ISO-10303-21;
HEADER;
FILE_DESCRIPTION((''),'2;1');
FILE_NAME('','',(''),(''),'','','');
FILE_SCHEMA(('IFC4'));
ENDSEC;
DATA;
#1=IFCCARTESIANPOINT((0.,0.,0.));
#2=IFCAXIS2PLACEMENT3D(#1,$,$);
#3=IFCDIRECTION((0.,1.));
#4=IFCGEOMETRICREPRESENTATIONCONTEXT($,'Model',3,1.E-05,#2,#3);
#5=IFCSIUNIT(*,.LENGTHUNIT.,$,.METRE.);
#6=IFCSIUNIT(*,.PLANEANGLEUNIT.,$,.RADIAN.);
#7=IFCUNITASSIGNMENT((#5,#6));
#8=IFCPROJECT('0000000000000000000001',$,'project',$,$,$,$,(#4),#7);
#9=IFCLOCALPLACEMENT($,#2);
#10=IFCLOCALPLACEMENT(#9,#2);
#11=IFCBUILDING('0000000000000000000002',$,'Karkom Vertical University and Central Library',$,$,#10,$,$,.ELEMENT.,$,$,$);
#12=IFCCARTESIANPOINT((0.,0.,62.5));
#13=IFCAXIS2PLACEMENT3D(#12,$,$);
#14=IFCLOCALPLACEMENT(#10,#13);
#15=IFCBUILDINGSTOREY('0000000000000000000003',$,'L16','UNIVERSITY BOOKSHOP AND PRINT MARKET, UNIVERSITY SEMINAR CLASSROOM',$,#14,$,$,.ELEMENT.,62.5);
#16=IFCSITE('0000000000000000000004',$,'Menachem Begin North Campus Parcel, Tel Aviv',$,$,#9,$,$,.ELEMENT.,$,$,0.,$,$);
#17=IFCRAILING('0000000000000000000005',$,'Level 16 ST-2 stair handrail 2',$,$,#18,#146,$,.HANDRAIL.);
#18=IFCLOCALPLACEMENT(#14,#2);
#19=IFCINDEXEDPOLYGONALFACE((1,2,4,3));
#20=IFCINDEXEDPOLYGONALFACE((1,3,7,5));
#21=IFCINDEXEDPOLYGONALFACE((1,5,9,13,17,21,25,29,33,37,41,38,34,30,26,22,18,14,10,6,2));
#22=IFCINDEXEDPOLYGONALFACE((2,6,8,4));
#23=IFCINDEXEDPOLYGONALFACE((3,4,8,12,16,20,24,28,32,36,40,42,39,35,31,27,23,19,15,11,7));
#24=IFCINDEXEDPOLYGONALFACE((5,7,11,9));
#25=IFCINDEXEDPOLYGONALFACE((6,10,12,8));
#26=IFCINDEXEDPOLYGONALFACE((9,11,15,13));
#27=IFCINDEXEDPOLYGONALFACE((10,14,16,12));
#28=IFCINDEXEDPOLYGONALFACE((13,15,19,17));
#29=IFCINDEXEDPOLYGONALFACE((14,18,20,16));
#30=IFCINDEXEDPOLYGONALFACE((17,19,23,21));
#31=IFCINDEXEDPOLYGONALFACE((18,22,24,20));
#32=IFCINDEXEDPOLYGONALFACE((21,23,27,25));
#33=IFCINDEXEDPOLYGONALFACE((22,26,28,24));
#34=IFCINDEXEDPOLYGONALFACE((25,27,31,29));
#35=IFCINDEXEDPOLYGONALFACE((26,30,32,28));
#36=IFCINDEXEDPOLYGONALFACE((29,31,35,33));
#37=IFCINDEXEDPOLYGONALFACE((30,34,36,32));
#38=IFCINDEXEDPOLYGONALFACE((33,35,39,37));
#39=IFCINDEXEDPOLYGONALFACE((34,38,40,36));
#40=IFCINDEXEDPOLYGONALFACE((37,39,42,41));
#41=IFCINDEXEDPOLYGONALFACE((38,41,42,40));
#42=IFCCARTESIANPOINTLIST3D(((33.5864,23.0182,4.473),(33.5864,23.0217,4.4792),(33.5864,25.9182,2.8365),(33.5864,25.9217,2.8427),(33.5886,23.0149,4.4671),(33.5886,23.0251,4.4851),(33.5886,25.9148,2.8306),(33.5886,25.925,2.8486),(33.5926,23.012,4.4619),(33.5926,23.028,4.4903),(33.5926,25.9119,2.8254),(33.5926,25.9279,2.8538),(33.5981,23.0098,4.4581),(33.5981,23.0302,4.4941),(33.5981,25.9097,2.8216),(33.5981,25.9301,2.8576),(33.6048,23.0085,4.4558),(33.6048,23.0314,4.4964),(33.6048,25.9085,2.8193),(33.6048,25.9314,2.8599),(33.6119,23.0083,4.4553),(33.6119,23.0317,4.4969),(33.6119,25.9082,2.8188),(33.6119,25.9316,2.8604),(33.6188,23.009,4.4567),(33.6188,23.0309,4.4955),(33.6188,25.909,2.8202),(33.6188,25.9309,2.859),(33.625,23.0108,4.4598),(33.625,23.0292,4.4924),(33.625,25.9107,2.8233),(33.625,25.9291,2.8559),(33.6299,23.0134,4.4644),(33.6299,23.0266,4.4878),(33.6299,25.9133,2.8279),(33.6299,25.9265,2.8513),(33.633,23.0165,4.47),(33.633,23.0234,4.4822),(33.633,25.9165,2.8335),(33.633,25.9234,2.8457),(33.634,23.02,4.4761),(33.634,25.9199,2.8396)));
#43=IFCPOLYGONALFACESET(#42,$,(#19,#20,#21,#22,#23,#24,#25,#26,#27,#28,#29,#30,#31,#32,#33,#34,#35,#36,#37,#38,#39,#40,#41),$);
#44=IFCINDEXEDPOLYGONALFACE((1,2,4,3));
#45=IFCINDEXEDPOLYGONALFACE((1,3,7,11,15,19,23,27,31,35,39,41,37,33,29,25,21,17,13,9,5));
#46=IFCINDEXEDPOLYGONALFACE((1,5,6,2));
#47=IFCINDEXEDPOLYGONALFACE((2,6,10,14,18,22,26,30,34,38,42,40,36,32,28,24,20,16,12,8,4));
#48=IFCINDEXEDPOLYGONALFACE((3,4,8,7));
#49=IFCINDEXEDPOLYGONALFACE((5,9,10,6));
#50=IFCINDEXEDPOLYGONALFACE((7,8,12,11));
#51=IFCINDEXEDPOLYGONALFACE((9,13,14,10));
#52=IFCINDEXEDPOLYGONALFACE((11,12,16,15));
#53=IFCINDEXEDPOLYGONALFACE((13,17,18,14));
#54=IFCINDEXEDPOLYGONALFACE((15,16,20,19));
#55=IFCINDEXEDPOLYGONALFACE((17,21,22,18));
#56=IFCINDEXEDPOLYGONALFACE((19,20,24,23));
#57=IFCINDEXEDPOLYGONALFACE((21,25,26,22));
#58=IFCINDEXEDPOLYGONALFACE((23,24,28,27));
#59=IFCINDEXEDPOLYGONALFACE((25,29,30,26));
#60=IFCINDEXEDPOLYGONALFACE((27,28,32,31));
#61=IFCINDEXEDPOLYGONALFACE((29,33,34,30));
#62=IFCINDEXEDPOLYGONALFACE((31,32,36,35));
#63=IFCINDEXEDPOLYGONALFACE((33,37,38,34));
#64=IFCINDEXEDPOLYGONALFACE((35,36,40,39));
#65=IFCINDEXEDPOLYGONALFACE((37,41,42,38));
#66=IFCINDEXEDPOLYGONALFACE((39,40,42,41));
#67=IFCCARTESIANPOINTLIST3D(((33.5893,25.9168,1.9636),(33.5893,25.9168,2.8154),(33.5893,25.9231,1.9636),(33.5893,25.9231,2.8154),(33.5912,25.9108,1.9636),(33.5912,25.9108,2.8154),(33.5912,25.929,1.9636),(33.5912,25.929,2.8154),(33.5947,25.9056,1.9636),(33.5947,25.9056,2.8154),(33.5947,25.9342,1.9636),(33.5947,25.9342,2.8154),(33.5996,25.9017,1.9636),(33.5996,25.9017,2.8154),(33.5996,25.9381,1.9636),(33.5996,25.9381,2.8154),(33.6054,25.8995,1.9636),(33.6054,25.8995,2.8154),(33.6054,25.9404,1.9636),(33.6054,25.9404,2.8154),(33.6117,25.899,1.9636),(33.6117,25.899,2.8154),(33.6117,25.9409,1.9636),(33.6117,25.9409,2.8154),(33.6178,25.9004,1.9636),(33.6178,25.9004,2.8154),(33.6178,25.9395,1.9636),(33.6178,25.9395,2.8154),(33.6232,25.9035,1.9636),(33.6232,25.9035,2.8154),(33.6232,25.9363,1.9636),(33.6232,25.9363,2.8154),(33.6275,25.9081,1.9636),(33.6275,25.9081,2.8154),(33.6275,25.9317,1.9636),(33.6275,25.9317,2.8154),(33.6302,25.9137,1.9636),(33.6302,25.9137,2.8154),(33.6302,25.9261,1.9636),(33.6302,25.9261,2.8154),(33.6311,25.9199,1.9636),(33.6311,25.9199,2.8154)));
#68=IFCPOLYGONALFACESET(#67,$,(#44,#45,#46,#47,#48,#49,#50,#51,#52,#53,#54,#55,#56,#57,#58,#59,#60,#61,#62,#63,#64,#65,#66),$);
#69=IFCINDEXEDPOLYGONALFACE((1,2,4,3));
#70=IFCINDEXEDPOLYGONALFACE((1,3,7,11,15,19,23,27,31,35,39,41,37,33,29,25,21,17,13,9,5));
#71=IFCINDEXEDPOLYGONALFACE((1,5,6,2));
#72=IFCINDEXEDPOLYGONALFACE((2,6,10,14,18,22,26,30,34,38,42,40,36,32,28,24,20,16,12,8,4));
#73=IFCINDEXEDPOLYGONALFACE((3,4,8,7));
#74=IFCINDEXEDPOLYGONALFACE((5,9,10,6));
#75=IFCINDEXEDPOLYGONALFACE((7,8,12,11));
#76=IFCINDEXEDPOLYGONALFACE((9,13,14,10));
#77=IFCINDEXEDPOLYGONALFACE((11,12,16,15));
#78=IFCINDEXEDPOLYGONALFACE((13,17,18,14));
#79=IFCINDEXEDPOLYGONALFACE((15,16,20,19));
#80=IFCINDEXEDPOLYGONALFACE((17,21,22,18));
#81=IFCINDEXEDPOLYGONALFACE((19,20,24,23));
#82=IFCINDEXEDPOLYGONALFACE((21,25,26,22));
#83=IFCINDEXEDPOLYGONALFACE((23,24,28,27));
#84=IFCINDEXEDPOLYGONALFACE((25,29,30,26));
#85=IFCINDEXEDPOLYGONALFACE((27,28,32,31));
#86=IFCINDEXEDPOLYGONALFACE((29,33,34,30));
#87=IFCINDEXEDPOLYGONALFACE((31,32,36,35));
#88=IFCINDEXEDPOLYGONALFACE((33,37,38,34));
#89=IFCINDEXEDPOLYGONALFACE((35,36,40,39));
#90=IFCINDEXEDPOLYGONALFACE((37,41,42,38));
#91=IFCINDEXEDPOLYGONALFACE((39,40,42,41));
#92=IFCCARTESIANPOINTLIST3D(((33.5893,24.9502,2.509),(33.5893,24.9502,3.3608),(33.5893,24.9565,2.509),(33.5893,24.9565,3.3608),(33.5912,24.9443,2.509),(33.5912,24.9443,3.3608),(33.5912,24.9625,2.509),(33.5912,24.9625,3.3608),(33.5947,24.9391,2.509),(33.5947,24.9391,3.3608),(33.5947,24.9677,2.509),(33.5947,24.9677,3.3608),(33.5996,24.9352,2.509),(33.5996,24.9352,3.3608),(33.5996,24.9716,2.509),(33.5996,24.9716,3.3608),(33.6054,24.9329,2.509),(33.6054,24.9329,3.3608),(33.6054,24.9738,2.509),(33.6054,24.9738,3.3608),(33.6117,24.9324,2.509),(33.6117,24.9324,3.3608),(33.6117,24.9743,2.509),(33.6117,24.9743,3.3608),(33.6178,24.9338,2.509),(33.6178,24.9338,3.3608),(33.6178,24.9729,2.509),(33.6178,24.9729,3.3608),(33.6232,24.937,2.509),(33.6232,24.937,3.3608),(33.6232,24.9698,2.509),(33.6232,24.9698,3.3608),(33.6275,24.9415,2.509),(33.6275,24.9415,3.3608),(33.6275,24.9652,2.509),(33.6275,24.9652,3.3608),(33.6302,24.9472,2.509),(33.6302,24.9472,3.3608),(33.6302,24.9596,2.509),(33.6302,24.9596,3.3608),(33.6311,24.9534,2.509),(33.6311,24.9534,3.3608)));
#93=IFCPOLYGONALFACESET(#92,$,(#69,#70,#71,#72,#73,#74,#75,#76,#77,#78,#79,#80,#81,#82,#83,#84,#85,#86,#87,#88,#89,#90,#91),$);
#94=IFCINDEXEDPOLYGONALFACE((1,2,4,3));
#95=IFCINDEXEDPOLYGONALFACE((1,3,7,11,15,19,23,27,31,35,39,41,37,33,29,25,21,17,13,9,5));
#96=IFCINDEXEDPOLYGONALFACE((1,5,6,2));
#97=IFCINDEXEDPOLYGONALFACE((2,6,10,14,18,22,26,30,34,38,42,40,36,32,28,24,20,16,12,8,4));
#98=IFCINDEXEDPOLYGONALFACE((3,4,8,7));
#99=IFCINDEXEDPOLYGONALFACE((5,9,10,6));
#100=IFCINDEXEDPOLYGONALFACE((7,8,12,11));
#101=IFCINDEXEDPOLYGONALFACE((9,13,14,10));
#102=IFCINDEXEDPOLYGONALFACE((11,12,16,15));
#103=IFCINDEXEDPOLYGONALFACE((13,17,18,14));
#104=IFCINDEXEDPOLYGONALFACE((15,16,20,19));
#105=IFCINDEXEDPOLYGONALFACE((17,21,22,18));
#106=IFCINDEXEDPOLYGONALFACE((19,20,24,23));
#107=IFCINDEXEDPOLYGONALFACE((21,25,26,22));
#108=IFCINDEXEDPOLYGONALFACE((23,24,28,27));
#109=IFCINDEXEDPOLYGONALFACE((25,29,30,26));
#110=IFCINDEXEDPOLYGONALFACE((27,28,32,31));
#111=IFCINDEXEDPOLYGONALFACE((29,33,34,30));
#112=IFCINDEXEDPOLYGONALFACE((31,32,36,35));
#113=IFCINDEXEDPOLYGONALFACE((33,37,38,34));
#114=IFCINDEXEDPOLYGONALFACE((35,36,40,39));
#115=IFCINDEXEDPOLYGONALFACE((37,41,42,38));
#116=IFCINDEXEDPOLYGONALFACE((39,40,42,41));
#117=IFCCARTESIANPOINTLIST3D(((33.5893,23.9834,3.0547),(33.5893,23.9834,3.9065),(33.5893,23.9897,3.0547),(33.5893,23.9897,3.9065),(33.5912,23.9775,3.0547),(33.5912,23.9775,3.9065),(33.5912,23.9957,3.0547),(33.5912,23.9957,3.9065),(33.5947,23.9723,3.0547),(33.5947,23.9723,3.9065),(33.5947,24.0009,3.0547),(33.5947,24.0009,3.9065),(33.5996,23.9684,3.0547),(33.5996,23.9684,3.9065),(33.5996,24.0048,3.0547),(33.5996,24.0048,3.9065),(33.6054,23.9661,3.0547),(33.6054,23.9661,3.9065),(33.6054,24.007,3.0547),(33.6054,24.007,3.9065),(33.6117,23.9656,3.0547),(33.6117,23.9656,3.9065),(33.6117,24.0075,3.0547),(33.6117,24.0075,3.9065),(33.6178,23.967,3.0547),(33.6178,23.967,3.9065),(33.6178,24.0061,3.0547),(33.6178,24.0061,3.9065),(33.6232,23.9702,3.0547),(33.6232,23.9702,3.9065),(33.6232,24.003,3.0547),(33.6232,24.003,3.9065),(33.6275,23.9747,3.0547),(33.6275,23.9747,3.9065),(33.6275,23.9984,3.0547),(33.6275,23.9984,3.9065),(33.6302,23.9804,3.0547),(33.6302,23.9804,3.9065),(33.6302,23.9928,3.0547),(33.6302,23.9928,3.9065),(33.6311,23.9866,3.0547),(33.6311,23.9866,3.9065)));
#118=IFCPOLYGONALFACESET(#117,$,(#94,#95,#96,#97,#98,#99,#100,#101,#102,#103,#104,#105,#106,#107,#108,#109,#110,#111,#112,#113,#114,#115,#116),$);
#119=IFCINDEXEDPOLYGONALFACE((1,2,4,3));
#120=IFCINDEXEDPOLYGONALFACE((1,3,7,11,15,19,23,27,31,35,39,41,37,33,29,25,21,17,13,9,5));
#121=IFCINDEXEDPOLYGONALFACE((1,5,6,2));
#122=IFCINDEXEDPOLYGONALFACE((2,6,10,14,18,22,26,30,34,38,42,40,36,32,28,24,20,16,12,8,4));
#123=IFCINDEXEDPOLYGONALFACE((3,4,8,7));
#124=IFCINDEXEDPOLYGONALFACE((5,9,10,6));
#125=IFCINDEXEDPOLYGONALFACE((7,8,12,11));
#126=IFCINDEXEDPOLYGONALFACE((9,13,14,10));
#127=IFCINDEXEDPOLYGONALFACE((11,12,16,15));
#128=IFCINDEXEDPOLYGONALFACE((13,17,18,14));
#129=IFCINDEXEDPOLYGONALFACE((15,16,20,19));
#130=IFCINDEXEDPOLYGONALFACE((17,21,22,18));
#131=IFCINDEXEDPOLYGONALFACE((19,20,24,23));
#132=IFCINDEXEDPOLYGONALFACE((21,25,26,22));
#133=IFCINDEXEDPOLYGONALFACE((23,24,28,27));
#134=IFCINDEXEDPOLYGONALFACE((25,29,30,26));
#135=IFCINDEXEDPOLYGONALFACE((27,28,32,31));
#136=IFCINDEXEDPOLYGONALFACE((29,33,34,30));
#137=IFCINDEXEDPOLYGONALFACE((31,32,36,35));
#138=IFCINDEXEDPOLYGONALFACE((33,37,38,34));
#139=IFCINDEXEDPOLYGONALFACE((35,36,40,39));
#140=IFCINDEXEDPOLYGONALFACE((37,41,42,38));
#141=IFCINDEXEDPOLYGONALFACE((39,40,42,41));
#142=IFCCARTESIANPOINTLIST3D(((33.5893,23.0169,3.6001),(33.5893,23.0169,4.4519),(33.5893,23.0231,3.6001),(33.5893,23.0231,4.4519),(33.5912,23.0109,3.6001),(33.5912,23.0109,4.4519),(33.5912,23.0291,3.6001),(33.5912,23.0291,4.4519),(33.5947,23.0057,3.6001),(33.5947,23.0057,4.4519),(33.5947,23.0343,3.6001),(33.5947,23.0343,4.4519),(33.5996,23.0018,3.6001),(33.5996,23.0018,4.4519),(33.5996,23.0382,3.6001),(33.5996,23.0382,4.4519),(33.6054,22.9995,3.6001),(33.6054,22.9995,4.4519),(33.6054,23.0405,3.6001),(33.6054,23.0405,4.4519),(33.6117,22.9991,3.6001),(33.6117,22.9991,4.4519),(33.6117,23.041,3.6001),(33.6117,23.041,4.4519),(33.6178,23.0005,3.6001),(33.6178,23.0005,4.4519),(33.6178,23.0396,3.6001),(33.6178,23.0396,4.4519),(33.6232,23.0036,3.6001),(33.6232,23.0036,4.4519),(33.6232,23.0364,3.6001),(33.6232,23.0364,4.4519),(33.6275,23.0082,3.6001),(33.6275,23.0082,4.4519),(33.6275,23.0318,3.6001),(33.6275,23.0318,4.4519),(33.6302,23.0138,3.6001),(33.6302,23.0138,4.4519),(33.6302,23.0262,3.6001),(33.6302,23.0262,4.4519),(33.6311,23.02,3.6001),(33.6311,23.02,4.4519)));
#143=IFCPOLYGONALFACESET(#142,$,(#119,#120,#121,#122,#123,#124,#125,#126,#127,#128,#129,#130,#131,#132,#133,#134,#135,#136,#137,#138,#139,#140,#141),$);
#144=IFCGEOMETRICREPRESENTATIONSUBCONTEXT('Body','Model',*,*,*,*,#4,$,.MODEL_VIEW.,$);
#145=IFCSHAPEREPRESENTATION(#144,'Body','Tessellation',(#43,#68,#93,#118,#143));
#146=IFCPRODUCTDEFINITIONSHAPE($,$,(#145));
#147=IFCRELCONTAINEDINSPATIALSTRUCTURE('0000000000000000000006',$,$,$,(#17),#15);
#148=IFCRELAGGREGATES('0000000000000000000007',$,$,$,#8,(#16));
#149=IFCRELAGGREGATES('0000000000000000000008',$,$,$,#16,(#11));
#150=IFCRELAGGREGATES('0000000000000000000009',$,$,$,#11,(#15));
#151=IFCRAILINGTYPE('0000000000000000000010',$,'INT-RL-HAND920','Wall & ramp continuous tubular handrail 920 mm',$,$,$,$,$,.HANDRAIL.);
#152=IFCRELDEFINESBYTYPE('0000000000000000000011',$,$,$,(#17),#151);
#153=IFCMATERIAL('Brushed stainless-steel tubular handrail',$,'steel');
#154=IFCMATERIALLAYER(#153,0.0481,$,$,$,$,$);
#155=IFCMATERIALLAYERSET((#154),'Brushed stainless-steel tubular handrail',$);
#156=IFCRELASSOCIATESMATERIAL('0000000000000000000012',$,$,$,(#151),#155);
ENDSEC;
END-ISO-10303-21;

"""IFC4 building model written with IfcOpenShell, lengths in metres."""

from ifc_helpers import new_model, si_unit, direction, frame, origin, origin_2d, place, context, subcontext, project, spatial, circle, extrude, material, layer, layer_set, type_object, element, save


model = new_model("IFC4")

# Units and contexts
model_context = context("Model", 3, precision=1e-05, world=origin(), true_north=direction((0.0, 1.0)))
body_context = subcontext(model_context, "Body", "Model", "MODEL_VIEW")
ifc_project = project(units=[si_unit("LENGTHUNIT", "METRE"), si_unit("PLANEANGLEUNIT", "RADIAN")], contexts=[model_context])

# Site, building, storey
site_placement = place(None, origin())
site = spatial("IfcSite", under=ifc_project, at=site_placement, Name="Menachem Begin North Campus Parcel, Tel Aviv", CompositionType="ELEMENT", RefElevation=0.0)
building_placement = place(site_placement, origin())
building = spatial("IfcBuilding", under=site, at=building_placement, Name="Karkom Vertical University and Central Library", CompositionType="ELEMENT")
storey_placement = place(building_placement, frame((0.0, 0.0, 62.5)))
storey = spatial("IfcBuildingStorey", under=building, at=storey_placement, Name="L16", Description="UNIVERSITY BOOKSHOP AND PRINT MARKET, UNIVERSITY SEMINAR CLASSROOM", CompositionType="ELEMENT", Elevation=62.5)

# Railing
ifc_material_1 = material(Name="Brushed stainless-steel tubular handrail", Category="steel")
ifc_layer_1 = layer(ifc_material_1, 0.0481)
ifc_layer_set_1 = layer_set([ifc_layer_1], Name="Brushed stainless-steel tubular handrail")
railing_type_1 = type_object("IfcRailingType", Name="INT-RL-HAND920", Description="Wall & ramp continuous tubular handrail 920 mm", PredefinedType="HANDRAIL", material=ifc_layer_set_1)
railing_1_placement = place(storey_placement, frame((33.6101, 25.9199, 1.9636)))
element("IfcRailing", 1, at=railing_1_placement, inside=storey, type_object=railing_type_1, Name="Level 16 ST-2 stair handrail 2", PredefinedType="HANDRAIL", context=body_context, shape_type="SweptSolid", body=[
    extrude(circle(Radius=0.0239, at=origin_2d()), frame((0.0, 0.0, 0.876), z_axis=(0.0, -0.870897, 0.491465), x_axis=(1.0, 0.0, 0.0)), (0.0, 0.0, 1.0), 3.3298),
    extrude(circle(Radius=0.021, at=origin_2d()), origin(), (0.0, 0.0, 1.0), 0.8518),
    extrude(circle(Radius=0.021, at=origin_2d()), frame((0.0, -0.9666, 0.5454)), (0.0, 0.0, 1.0), 0.8518),
    extrude(circle(Radius=0.021, at=origin_2d()), frame((0.0, -1.9333, 1.0911)), (0.0, 0.0, 1.0), 0.8518),
    extrude(circle(Radius=0.021, at=origin_2d()), frame((0.0, -2.8999, 1.6365)), (0.0, 0.0, 1.0), 0.8518),
])

save(model, "model.ifc")
